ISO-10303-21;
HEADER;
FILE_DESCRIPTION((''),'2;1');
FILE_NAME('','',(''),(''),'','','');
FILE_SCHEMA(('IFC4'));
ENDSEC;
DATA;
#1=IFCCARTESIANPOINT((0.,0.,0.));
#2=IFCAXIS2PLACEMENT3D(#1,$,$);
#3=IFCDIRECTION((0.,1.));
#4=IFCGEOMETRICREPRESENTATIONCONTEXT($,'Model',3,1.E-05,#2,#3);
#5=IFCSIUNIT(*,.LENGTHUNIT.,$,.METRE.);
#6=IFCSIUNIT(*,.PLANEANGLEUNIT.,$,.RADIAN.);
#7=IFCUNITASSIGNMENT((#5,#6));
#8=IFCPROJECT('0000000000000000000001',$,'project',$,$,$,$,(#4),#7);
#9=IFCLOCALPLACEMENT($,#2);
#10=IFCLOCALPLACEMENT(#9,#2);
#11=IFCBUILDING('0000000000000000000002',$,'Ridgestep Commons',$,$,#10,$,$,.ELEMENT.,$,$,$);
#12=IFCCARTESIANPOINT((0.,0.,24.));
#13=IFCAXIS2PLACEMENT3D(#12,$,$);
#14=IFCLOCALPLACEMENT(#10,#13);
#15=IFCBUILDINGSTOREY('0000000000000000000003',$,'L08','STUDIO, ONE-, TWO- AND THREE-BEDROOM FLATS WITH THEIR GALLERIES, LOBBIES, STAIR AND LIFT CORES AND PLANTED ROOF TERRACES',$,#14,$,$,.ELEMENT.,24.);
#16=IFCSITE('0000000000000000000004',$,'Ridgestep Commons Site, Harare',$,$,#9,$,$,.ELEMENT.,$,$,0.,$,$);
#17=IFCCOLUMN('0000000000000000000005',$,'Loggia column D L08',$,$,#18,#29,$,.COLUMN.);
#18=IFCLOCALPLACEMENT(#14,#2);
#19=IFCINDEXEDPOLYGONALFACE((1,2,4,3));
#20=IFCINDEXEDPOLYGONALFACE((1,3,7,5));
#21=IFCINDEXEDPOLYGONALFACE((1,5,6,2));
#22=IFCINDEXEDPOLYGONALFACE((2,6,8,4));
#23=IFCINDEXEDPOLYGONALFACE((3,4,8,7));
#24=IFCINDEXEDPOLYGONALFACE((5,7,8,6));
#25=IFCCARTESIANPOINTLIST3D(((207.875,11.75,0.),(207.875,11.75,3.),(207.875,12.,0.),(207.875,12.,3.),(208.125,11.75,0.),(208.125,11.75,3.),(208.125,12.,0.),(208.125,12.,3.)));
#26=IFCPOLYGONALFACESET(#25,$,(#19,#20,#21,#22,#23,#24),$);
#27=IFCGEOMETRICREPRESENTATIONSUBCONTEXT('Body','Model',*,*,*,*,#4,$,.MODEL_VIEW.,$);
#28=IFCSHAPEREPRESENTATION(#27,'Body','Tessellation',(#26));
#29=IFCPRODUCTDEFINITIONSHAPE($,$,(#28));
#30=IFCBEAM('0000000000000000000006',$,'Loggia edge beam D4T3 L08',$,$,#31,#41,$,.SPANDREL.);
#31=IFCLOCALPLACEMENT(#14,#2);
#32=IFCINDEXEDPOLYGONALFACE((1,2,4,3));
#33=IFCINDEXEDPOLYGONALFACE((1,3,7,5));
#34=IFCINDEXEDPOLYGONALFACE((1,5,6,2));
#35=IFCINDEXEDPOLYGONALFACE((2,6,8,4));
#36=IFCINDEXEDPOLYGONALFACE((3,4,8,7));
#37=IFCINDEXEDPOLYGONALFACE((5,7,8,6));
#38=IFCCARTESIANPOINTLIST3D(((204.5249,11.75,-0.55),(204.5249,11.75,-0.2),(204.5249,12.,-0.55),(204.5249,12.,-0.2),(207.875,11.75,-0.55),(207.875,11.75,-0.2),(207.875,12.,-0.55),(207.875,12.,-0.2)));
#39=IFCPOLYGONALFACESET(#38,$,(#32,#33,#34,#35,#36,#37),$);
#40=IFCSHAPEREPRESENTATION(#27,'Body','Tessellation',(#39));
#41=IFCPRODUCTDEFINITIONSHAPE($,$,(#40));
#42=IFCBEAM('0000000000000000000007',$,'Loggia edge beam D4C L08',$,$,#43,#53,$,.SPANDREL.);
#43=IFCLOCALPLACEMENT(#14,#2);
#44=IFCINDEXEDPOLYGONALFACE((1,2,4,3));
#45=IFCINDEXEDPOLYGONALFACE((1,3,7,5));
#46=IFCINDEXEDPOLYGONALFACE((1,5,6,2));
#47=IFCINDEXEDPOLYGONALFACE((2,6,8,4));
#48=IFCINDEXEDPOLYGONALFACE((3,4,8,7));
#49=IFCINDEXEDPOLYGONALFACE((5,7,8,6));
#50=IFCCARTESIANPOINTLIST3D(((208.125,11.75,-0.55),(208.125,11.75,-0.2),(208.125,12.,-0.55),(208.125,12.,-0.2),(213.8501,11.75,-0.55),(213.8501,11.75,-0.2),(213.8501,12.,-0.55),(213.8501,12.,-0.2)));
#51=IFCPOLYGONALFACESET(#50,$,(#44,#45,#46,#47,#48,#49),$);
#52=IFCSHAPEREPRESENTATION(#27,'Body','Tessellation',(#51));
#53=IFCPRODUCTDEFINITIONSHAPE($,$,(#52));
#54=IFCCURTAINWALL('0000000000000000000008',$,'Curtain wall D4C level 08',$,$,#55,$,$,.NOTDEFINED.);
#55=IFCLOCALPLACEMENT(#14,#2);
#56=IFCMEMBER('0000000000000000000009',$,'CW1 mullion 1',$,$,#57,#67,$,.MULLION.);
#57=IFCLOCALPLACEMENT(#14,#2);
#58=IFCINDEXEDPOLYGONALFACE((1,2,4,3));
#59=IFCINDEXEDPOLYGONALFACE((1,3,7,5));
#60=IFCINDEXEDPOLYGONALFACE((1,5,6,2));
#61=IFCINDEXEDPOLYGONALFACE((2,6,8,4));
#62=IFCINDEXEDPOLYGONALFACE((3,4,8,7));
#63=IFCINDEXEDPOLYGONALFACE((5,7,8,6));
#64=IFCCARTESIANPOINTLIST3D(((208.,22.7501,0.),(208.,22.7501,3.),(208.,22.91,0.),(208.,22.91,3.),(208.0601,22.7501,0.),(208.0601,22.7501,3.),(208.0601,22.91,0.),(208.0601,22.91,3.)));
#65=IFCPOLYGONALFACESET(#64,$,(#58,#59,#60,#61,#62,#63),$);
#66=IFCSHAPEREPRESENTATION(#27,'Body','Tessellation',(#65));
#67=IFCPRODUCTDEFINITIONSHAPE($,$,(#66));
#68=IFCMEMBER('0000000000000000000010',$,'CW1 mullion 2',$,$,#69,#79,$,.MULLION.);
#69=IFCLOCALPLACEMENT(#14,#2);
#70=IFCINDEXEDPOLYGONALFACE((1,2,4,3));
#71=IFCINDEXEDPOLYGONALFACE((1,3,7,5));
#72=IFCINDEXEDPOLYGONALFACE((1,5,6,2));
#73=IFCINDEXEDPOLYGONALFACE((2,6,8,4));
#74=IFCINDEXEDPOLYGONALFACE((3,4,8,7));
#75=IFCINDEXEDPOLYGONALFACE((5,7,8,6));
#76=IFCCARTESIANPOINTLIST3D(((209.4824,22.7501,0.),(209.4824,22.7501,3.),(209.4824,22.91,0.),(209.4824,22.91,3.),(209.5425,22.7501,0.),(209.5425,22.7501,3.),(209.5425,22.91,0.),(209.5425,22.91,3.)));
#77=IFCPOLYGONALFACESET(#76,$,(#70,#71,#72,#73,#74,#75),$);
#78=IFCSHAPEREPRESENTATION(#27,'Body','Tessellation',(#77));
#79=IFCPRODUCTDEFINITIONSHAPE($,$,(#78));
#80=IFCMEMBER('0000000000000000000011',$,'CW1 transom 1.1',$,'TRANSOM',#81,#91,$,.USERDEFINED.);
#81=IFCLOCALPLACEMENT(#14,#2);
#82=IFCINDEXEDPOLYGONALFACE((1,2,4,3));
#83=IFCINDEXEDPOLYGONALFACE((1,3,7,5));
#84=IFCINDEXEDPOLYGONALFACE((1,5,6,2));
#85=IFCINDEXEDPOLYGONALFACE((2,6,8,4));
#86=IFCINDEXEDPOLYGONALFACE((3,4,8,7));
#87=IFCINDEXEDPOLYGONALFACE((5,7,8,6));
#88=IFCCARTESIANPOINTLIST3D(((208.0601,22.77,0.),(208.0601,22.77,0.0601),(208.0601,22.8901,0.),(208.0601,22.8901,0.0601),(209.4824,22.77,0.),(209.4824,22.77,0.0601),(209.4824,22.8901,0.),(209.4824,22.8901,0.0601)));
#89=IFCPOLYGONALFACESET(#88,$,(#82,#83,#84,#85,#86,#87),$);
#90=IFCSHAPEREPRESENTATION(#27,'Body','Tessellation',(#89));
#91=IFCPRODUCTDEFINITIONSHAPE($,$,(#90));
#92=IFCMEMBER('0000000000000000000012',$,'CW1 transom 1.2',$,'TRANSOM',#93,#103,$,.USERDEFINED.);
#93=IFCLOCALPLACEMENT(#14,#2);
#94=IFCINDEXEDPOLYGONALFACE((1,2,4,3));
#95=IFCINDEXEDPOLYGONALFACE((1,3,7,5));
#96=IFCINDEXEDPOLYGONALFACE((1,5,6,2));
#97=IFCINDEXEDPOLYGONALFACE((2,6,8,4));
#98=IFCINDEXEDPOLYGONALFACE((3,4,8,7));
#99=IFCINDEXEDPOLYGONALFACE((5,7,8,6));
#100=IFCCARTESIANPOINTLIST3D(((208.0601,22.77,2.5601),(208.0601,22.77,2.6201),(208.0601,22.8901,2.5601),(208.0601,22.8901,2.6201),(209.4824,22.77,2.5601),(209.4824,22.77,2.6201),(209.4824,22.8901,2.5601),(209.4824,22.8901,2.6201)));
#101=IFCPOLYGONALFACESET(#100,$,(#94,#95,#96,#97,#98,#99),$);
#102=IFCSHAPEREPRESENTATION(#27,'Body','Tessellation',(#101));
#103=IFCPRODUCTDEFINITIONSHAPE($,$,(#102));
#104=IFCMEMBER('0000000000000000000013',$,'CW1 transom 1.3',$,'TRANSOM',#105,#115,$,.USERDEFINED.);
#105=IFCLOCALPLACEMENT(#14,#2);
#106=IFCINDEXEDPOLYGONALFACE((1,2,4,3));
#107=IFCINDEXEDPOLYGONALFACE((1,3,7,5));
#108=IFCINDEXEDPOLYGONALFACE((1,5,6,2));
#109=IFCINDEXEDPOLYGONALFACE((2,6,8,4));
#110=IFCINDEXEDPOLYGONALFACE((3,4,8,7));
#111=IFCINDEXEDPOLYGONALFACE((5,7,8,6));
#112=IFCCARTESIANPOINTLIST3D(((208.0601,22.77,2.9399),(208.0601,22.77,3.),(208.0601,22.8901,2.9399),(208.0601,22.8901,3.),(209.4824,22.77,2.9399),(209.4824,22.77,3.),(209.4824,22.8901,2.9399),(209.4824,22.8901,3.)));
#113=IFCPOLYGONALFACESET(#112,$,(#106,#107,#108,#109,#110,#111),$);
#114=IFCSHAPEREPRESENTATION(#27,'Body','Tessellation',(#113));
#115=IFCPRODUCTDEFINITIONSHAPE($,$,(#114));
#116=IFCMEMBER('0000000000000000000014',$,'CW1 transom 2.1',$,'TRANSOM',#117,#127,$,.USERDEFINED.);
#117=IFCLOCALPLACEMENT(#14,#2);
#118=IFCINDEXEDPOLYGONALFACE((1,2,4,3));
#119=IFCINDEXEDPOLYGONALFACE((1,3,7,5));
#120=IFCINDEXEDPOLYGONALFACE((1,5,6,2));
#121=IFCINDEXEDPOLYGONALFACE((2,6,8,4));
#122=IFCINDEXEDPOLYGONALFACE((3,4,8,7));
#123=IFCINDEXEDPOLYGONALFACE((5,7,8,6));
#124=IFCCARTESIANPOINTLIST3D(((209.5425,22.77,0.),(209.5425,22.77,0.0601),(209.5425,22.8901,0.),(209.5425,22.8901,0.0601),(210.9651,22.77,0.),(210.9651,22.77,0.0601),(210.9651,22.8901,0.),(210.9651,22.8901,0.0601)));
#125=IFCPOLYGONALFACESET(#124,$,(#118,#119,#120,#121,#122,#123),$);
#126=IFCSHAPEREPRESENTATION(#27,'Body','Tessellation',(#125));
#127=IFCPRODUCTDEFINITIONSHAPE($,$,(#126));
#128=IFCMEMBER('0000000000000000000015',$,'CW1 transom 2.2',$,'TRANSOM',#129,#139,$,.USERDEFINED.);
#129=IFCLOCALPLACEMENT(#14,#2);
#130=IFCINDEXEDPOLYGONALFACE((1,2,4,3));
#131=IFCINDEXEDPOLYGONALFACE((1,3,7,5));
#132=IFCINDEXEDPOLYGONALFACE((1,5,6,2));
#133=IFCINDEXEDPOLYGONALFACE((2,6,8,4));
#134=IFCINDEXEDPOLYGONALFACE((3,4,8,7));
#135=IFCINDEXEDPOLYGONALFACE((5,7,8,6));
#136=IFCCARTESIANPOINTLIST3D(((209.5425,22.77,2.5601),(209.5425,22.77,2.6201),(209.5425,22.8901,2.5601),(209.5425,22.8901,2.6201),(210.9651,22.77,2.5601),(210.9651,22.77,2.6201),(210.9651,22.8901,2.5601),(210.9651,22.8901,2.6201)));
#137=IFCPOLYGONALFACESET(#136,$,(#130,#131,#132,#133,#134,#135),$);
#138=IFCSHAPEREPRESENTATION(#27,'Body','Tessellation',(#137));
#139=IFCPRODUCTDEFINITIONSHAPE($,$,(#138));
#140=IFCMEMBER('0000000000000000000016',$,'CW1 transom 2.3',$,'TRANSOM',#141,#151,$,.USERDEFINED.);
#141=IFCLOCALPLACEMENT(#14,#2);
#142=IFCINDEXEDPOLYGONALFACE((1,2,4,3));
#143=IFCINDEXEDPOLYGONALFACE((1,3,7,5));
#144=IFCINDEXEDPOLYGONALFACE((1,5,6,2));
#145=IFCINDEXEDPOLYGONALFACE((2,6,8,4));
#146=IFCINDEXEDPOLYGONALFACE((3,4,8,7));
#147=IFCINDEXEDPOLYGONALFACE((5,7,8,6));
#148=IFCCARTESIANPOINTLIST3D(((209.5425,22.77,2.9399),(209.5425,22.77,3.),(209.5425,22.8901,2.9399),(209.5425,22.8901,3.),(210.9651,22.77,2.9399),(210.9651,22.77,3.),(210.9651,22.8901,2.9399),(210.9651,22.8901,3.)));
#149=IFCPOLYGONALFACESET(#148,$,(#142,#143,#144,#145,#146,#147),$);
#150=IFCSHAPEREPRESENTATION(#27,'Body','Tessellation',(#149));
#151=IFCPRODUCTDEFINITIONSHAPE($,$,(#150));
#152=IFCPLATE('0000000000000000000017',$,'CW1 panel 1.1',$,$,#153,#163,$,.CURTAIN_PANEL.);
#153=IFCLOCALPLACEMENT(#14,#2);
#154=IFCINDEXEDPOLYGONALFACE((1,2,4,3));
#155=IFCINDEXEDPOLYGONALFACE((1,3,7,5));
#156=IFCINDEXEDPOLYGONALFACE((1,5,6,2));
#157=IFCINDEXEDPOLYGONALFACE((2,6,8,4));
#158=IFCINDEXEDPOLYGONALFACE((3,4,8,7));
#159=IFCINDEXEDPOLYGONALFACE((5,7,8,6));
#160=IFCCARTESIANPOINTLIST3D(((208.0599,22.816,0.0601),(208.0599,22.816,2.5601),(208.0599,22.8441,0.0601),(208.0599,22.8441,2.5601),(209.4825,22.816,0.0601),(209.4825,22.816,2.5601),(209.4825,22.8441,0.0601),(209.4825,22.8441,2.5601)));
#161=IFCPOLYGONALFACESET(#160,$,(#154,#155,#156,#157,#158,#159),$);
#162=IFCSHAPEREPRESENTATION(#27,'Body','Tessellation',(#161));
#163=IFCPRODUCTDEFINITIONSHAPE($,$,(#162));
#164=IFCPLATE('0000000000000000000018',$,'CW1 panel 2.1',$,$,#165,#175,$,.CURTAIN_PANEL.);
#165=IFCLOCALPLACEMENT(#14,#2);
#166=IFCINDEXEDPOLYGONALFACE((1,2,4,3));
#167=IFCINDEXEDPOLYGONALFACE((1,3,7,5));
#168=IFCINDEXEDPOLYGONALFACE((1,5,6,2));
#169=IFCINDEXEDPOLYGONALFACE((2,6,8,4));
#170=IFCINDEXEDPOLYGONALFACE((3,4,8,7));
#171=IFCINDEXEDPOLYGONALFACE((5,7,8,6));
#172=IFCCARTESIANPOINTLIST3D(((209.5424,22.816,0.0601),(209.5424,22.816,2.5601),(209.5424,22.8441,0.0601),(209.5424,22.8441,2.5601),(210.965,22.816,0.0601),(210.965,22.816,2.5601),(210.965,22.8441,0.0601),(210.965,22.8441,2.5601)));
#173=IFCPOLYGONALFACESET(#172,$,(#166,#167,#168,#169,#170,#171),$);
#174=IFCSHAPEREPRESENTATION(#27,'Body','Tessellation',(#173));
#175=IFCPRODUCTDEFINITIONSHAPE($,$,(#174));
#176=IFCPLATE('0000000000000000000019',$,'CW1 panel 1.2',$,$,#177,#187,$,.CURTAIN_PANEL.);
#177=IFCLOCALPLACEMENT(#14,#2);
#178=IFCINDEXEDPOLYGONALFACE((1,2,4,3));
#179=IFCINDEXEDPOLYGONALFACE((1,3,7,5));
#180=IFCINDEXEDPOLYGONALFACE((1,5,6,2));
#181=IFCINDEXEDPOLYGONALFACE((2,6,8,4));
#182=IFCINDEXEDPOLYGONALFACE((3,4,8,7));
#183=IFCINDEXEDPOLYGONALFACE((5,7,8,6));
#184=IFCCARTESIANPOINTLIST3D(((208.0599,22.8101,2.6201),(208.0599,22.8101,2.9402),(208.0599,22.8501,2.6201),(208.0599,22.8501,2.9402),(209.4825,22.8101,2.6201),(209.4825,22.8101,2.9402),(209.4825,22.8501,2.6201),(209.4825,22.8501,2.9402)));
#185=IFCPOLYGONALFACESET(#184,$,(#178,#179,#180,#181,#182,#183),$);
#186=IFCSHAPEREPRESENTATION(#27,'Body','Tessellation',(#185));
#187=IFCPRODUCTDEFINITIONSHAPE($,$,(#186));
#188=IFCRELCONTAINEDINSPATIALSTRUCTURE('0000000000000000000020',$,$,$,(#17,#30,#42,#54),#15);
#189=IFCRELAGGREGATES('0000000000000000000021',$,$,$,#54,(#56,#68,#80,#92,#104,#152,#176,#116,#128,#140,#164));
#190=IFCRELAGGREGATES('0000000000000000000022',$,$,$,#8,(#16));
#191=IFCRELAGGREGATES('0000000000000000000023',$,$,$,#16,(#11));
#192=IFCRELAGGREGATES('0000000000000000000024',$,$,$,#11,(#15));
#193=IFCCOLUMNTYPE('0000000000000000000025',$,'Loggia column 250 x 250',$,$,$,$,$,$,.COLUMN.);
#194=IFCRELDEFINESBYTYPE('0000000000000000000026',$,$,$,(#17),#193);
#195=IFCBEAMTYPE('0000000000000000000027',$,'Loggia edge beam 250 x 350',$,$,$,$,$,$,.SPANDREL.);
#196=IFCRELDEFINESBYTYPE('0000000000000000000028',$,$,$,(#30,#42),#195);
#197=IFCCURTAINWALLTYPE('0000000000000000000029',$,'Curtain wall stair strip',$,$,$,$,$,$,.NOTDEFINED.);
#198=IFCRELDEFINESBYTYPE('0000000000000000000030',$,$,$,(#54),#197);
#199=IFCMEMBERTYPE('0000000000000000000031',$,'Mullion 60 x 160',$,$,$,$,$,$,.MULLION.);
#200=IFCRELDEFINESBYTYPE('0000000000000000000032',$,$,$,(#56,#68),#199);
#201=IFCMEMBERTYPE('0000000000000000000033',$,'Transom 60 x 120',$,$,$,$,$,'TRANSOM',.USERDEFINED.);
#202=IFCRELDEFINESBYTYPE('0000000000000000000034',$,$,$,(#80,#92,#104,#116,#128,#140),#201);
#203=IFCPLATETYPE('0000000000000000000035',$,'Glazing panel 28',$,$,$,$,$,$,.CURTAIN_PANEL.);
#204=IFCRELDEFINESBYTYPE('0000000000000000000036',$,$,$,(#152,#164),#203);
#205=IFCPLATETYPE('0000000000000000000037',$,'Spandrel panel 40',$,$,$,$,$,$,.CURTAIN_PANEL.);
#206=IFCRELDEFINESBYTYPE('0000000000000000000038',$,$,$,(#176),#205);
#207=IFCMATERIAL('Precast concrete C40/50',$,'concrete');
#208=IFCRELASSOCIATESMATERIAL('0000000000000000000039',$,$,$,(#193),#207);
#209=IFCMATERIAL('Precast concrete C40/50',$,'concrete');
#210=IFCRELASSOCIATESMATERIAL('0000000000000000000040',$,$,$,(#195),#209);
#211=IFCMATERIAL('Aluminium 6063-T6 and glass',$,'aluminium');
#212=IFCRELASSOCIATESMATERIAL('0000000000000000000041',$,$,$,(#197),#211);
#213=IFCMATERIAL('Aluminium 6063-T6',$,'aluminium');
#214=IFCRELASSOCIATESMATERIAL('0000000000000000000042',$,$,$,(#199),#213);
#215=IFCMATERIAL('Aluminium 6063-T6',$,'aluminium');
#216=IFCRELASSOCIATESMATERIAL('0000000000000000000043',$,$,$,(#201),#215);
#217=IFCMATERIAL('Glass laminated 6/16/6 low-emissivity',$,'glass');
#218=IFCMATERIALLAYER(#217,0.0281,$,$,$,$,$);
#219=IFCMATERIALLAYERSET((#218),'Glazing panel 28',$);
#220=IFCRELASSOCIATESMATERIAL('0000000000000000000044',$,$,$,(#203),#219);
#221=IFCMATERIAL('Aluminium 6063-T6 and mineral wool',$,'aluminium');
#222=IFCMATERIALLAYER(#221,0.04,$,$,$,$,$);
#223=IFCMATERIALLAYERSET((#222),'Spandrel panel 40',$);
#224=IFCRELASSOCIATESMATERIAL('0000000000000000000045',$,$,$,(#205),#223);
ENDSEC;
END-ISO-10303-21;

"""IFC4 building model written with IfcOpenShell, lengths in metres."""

from ifc_helpers import new_model, si_unit, direction, frame, origin, origin_2d, place, context, subcontext, project, spatial, rectangle, extrude, material, layer, layer_set, material_profile, profile_set, type_object, element, aggregate, save


model = new_model("IFC4")

# Units and contexts
model_context = context("Model", 3, precision=1e-05, world=origin(), true_north=direction((0.0, 1.0)))
body_context = subcontext(model_context, "Body", "Model", "MODEL_VIEW")
ifc_project = project(units=[si_unit("LENGTHUNIT", "METRE"), si_unit("PLANEANGLEUNIT", "RADIAN")], contexts=[model_context])

# Site, building, storey
site_placement = place(None, origin())
site = spatial("IfcSite", under=ifc_project, at=site_placement, Name="Ridgestep Commons Site, Harare", CompositionType="ELEMENT", RefElevation=0.0)
building_placement = place(site_placement, origin())
building = spatial("IfcBuilding", under=site, at=building_placement, Name="Ridgestep Commons", CompositionType="ELEMENT")
storey_placement = place(building_placement, frame((0.0, 0.0, 24.0)))
storey = spatial("IfcBuildingStorey", under=building, at=storey_placement, Name="L08", Description="STUDIO, ONE-, TWO- AND THREE-BEDROOM FLATS WITH THEIR GALLERIES, LOBBIES, STAIR AND LIFT CORES AND PLANTED ROOF TERRACES", CompositionType="ELEMENT", Elevation=24.0)

# Column
ifc_material_1 = material(Name="Precast concrete C40/50", Category="concrete")
ifc_material_profile_1 = material_profile(ifc_material_1, rectangle(XDim=0.25, YDim=0.25, at=origin_2d()), Name="PC 250x250")
ifc_profile_set_1 = profile_set([ifc_material_profile_1], Name="Precast concrete C40/50")
column_type = type_object("IfcColumnType", Name="Loggia column 250 x 250", PredefinedType="COLUMN", material=ifc_profile_set_1)
column_placement = place(storey_placement, frame((208.0, 11.875, 0.0), z_axis=(0.0, 0.0, 1.0), x_axis=(1.0, 0.0, 0.0)))
element("IfcColumn", 1, at=column_placement, inside=storey, type_object=column_type, Name="Loggia column D L08", PredefinedType="COLUMN", context=body_context, shape_type="SweptSolid", body=[
    extrude(rectangle(XDim=0.25, YDim=0.25, at=origin_2d()), origin(), (0.0, 0.0, 1.0), 3.0),
])

# Beams
ifc_material_2 = material(Name="Precast concrete C40/50", Category="concrete")
ifc_material_profile_2 = material_profile(ifc_material_2, rectangle(XDim=0.25, YDim=0.3501, at=origin_2d()), Name="PC 250x350")
ifc_profile_set_2 = profile_set([ifc_material_profile_2], Name="Precast concrete C40/50")
beam_type = type_object("IfcBeamType", Name="Loggia edge beam 250 x 350", PredefinedType="SPANDREL", material=ifc_profile_set_2)
beam_1_placement = place(storey_placement, frame((204.5249, 11.875, -0.375), z_axis=(1.0, 0.0, 0.0), x_axis=(0.0, 1.0, 0.0)))
element("IfcBeam", 2, at=beam_1_placement, inside=storey, type_object=beam_type, Name="Loggia edge beam D4T3 L08", PredefinedType="SPANDREL", context=body_context, shape_type="SweptSolid", body=[
    extrude(rectangle(XDim=0.25, YDim=0.3501, at=origin_2d()), origin(), (0.0, 0.0, 1.0), 3.3501),
])
beam_2_placement = place(storey_placement, frame((208.125, 11.875, -0.375), z_axis=(1.0, 0.0, 0.0), x_axis=(0.0, 1.0, 0.0)))
element("IfcBeam", 3, at=beam_2_placement, inside=storey, type_object=beam_type, Name="Loggia edge beam D4C L08", PredefinedType="SPANDREL", context=body_context, shape_type="SweptSolid", body=[
    extrude(rectangle(XDim=0.25, YDim=0.3501, at=origin_2d()), origin(), (0.0, 0.0, 1.0), 5.7251),
])

# Curtain wall, members, plates
ifc_material_3 = material(Name="Aluminium 6063-T6 and glass", Category="aluminium")
curtain_wall_type = type_object("IfcCurtainWallType", Name="Curtain wall stair strip", PredefinedType="NOTDEFINED", material=ifc_material_3)
curtain_wall_placement = place(storey_placement, origin())
curtain_wall = element("IfcCurtainWall", 4, at=curtain_wall_placement, inside=storey, type_object=curtain_wall_type, Name="Curtain wall D4C level 08", PredefinedType="NOTDEFINED")
ifc_material_4 = material(Name="Aluminium 6063-T6", Category="aluminium")
ifc_material_profile_3 = material_profile(ifc_material_4, rectangle(XDim=0.1599, YDim=0.0601, at=origin_2d()), Name="Mullion 60 x 160")
ifc_profile_set_3 = profile_set([ifc_material_profile_3], Name="Aluminium 6063-T6")
member_type_1 = type_object("IfcMemberType", Name="Mullion 60 x 160", PredefinedType="MULLION", material=ifc_profile_set_3)
member_1_placement = place(storey_placement, frame((208.03, 22.8301, 0.0), z_axis=(0.0, 0.0, 1.0), x_axis=(0.0, 1.0, 0.0)))
member_1 = element("IfcMember", 5, at=member_1_placement, type_object=member_type_1, Name="CW1 mullion 1", PredefinedType="MULLION", context=body_context, shape_type="SweptSolid", body=[
    extrude(rectangle(XDim=0.1599, YDim=0.0601, at=origin_2d()), origin(), (0.0, 0.0, 1.0), 3.0),
])
member_2_placement = place(storey_placement, frame((209.5125, 22.8301, 0.0), z_axis=(0.0, 0.0, 1.0), x_axis=(0.0, 1.0, 0.0)))
member_2 = element("IfcMember", 6, at=member_2_placement, type_object=member_type_1, Name="CW1 mullion 2", PredefinedType="MULLION", context=body_context, shape_type="SweptSolid", body=[
    extrude(rectangle(XDim=0.1599, YDim=0.0601, at=origin_2d()), origin(), (0.0, 0.0, 1.0), 3.0),
])
ifc_material_5 = material(Name="Aluminium 6063-T6", Category="aluminium")
ifc_material_profile_4 = material_profile(ifc_material_5, rectangle(XDim=0.1201, YDim=0.0601, at=origin_2d()), Name="Transom 60 x 120")
ifc_profile_set_4 = profile_set([ifc_material_profile_4], Name="Aluminium 6063-T6")
member_type_2 = type_object("IfcMemberType", Name="Transom 60 x 120", ElementType="TRANSOM", PredefinedType="USERDEFINED", material=ifc_profile_set_4)
member_3_placement = place(storey_placement, frame((208.0601, 22.8301, 0.03), z_axis=(1.0, 0.0, 0.0), x_axis=(0.0, 1.0, 0.0)))
member_3 = element("IfcMember", 7, at=member_3_placement, type_object=member_type_2, Name="CW1 transom 1.1", ObjectType="TRANSOM", PredefinedType="USERDEFINED", context=body_context, shape_type="SweptSolid", body=[
    extrude(rectangle(XDim=0.1201, YDim=0.0601, at=origin_2d()), origin(), (0.0, 0.0, 1.0), 1.4224),
])
member_4_placement = place(storey_placement, frame((208.0601, 22.8301, 2.5901), z_axis=(1.0, 0.0, 0.0), x_axis=(0.0, 1.0, 0.0)))
member_4 = element("IfcMember", 8, at=member_4_placement, type_object=member_type_2, Name="CW1 transom 1.2", ObjectType="TRANSOM", PredefinedType="USERDEFINED", context=body_context, shape_type="SweptSolid", body=[
    extrude(rectangle(XDim=0.1201, YDim=0.0601, at=origin_2d()), origin(), (0.0, 0.0, 1.0), 1.4224),
])
member_5_placement = place(storey_placement, frame((208.0601, 22.8301, 2.97), z_axis=(1.0, 0.0, 0.0), x_axis=(0.0, 1.0, 0.0)))
member_5 = element("IfcMember", 9, at=member_5_placement, type_object=member_type_2, Name="CW1 transom 1.3", ObjectType="TRANSOM", PredefinedType="USERDEFINED", context=body_context, shape_type="SweptSolid", body=[
    extrude(rectangle(XDim=0.1201, YDim=0.0601, at=origin_2d()), origin(), (0.0, 0.0, 1.0), 1.4224),
])
member_6_placement = place(storey_placement, frame((209.5425, 22.8301, 0.03), z_axis=(1.0, 0.0, 0.0), x_axis=(0.0, 1.0, 0.0)))
member_6 = element("IfcMember", 10, at=member_6_placement, type_object=member_type_2, Name="CW1 transom 2.1", ObjectType="TRANSOM", PredefinedType="USERDEFINED", context=body_context, shape_type="SweptSolid", body=[
    extrude(rectangle(XDim=0.1201, YDim=0.0601, at=origin_2d()), origin(), (0.0, 0.0, 1.0), 1.4226),
])
member_7_placement = place(storey_placement, frame((209.5425, 22.8301, 2.5901), z_axis=(1.0, 0.0, 0.0), x_axis=(0.0, 1.0, 0.0)))
member_7 = element("IfcMember", 11, at=member_7_placement, type_object=member_type_2, Name="CW1 transom 2.2", ObjectType="TRANSOM", PredefinedType="USERDEFINED", context=body_context, shape_type="SweptSolid", body=[
    extrude(rectangle(XDim=0.1201, YDim=0.0601, at=origin_2d()), origin(), (0.0, 0.0, 1.0), 1.4226),
])
member_8_placement = place(storey_placement, frame((209.5425, 22.8301, 2.97), z_axis=(1.0, 0.0, 0.0), x_axis=(0.0, 1.0, 0.0)))
member_8 = element("IfcMember", 12, at=member_8_placement, type_object=member_type_2, Name="CW1 transom 2.3", ObjectType="TRANSOM", PredefinedType="USERDEFINED", context=body_context, shape_type="SweptSolid", body=[
    extrude(rectangle(XDim=0.1201, YDim=0.0601, at=origin_2d()), origin(), (0.0, 0.0, 1.0), 1.4226),
])
ifc_material_6 = material(Name="Glass laminated 6/16/6 low-emissivity", Category="glass")
ifc_layer_1 = layer(ifc_material_6, 0.0281)
ifc_layer_set_1 = layer_set([ifc_layer_1], Name="Glazing panel 28")
plate_type_1 = type_object("IfcPlateType", Name="Glazing panel 28", PredefinedType="CURTAIN_PANEL", material=ifc_layer_set_1)
plate_1_placement = place(storey_placement, frame((208.7712, 22.8301, 0.0601), z_axis=(0.0, 0.0, 1.0), x_axis=(1.0, 0.0, 0.0)))
plate_1 = element("IfcPlate", 13, at=plate_1_placement, type_object=plate_type_1, Name="CW1 panel 1.1", PredefinedType="CURTAIN_PANEL", context=body_context, shape_type="SweptSolid", body=[
    extrude(rectangle(XDim=1.4226, YDim=0.0281, at=origin_2d()), origin(), (0.0, 0.0, 1.0), 2.5),
])
plate_2_placement = place(storey_placement, frame((210.2537, 22.8301, 0.0601), z_axis=(0.0, 0.0, 1.0), x_axis=(1.0, 0.0, 0.0)))
plate_2 = element("IfcPlate", 14, at=plate_2_placement, type_object=plate_type_1, Name="CW1 panel 2.1", PredefinedType="CURTAIN_PANEL", context=body_context, shape_type="SweptSolid", body=[
    extrude(rectangle(XDim=1.4226, YDim=0.0281, at=origin_2d()), origin(), (0.0, 0.0, 1.0), 2.5),
])
ifc_material_7 = material(Name="Aluminium 6063-T6 and mineral wool", Category="aluminium")
ifc_layer_2 = layer(ifc_material_7, 0.04)
ifc_layer_set_2 = layer_set([ifc_layer_2], Name="Spandrel panel 40")
plate_type_2 = type_object("IfcPlateType", Name="Spandrel panel 40", PredefinedType="CURTAIN_PANEL", material=ifc_layer_set_2)
plate_3_placement = place(storey_placement, frame((208.7712, 22.8301, 2.6201), z_axis=(0.0, 0.0, 1.0), x_axis=(1.0, 0.0, 0.0)))
plate_3 = element("IfcPlate", 15, at=plate_3_placement, type_object=plate_type_2, Name="CW1 panel 1.2", PredefinedType="CURTAIN_PANEL", context=body_context, shape_type="SweptSolid", body=[
    extrude(rectangle(XDim=1.4226, YDim=0.04, at=origin_2d()), origin(), (0.0, 0.0, 1.0), 0.3201),
])
aggregate(curtain_wall, [member_1, member_2, member_3, member_4, member_5, plate_1, plate_3, member_6, member_7, member_8, plate_2])

save(model, "model.ifc")
